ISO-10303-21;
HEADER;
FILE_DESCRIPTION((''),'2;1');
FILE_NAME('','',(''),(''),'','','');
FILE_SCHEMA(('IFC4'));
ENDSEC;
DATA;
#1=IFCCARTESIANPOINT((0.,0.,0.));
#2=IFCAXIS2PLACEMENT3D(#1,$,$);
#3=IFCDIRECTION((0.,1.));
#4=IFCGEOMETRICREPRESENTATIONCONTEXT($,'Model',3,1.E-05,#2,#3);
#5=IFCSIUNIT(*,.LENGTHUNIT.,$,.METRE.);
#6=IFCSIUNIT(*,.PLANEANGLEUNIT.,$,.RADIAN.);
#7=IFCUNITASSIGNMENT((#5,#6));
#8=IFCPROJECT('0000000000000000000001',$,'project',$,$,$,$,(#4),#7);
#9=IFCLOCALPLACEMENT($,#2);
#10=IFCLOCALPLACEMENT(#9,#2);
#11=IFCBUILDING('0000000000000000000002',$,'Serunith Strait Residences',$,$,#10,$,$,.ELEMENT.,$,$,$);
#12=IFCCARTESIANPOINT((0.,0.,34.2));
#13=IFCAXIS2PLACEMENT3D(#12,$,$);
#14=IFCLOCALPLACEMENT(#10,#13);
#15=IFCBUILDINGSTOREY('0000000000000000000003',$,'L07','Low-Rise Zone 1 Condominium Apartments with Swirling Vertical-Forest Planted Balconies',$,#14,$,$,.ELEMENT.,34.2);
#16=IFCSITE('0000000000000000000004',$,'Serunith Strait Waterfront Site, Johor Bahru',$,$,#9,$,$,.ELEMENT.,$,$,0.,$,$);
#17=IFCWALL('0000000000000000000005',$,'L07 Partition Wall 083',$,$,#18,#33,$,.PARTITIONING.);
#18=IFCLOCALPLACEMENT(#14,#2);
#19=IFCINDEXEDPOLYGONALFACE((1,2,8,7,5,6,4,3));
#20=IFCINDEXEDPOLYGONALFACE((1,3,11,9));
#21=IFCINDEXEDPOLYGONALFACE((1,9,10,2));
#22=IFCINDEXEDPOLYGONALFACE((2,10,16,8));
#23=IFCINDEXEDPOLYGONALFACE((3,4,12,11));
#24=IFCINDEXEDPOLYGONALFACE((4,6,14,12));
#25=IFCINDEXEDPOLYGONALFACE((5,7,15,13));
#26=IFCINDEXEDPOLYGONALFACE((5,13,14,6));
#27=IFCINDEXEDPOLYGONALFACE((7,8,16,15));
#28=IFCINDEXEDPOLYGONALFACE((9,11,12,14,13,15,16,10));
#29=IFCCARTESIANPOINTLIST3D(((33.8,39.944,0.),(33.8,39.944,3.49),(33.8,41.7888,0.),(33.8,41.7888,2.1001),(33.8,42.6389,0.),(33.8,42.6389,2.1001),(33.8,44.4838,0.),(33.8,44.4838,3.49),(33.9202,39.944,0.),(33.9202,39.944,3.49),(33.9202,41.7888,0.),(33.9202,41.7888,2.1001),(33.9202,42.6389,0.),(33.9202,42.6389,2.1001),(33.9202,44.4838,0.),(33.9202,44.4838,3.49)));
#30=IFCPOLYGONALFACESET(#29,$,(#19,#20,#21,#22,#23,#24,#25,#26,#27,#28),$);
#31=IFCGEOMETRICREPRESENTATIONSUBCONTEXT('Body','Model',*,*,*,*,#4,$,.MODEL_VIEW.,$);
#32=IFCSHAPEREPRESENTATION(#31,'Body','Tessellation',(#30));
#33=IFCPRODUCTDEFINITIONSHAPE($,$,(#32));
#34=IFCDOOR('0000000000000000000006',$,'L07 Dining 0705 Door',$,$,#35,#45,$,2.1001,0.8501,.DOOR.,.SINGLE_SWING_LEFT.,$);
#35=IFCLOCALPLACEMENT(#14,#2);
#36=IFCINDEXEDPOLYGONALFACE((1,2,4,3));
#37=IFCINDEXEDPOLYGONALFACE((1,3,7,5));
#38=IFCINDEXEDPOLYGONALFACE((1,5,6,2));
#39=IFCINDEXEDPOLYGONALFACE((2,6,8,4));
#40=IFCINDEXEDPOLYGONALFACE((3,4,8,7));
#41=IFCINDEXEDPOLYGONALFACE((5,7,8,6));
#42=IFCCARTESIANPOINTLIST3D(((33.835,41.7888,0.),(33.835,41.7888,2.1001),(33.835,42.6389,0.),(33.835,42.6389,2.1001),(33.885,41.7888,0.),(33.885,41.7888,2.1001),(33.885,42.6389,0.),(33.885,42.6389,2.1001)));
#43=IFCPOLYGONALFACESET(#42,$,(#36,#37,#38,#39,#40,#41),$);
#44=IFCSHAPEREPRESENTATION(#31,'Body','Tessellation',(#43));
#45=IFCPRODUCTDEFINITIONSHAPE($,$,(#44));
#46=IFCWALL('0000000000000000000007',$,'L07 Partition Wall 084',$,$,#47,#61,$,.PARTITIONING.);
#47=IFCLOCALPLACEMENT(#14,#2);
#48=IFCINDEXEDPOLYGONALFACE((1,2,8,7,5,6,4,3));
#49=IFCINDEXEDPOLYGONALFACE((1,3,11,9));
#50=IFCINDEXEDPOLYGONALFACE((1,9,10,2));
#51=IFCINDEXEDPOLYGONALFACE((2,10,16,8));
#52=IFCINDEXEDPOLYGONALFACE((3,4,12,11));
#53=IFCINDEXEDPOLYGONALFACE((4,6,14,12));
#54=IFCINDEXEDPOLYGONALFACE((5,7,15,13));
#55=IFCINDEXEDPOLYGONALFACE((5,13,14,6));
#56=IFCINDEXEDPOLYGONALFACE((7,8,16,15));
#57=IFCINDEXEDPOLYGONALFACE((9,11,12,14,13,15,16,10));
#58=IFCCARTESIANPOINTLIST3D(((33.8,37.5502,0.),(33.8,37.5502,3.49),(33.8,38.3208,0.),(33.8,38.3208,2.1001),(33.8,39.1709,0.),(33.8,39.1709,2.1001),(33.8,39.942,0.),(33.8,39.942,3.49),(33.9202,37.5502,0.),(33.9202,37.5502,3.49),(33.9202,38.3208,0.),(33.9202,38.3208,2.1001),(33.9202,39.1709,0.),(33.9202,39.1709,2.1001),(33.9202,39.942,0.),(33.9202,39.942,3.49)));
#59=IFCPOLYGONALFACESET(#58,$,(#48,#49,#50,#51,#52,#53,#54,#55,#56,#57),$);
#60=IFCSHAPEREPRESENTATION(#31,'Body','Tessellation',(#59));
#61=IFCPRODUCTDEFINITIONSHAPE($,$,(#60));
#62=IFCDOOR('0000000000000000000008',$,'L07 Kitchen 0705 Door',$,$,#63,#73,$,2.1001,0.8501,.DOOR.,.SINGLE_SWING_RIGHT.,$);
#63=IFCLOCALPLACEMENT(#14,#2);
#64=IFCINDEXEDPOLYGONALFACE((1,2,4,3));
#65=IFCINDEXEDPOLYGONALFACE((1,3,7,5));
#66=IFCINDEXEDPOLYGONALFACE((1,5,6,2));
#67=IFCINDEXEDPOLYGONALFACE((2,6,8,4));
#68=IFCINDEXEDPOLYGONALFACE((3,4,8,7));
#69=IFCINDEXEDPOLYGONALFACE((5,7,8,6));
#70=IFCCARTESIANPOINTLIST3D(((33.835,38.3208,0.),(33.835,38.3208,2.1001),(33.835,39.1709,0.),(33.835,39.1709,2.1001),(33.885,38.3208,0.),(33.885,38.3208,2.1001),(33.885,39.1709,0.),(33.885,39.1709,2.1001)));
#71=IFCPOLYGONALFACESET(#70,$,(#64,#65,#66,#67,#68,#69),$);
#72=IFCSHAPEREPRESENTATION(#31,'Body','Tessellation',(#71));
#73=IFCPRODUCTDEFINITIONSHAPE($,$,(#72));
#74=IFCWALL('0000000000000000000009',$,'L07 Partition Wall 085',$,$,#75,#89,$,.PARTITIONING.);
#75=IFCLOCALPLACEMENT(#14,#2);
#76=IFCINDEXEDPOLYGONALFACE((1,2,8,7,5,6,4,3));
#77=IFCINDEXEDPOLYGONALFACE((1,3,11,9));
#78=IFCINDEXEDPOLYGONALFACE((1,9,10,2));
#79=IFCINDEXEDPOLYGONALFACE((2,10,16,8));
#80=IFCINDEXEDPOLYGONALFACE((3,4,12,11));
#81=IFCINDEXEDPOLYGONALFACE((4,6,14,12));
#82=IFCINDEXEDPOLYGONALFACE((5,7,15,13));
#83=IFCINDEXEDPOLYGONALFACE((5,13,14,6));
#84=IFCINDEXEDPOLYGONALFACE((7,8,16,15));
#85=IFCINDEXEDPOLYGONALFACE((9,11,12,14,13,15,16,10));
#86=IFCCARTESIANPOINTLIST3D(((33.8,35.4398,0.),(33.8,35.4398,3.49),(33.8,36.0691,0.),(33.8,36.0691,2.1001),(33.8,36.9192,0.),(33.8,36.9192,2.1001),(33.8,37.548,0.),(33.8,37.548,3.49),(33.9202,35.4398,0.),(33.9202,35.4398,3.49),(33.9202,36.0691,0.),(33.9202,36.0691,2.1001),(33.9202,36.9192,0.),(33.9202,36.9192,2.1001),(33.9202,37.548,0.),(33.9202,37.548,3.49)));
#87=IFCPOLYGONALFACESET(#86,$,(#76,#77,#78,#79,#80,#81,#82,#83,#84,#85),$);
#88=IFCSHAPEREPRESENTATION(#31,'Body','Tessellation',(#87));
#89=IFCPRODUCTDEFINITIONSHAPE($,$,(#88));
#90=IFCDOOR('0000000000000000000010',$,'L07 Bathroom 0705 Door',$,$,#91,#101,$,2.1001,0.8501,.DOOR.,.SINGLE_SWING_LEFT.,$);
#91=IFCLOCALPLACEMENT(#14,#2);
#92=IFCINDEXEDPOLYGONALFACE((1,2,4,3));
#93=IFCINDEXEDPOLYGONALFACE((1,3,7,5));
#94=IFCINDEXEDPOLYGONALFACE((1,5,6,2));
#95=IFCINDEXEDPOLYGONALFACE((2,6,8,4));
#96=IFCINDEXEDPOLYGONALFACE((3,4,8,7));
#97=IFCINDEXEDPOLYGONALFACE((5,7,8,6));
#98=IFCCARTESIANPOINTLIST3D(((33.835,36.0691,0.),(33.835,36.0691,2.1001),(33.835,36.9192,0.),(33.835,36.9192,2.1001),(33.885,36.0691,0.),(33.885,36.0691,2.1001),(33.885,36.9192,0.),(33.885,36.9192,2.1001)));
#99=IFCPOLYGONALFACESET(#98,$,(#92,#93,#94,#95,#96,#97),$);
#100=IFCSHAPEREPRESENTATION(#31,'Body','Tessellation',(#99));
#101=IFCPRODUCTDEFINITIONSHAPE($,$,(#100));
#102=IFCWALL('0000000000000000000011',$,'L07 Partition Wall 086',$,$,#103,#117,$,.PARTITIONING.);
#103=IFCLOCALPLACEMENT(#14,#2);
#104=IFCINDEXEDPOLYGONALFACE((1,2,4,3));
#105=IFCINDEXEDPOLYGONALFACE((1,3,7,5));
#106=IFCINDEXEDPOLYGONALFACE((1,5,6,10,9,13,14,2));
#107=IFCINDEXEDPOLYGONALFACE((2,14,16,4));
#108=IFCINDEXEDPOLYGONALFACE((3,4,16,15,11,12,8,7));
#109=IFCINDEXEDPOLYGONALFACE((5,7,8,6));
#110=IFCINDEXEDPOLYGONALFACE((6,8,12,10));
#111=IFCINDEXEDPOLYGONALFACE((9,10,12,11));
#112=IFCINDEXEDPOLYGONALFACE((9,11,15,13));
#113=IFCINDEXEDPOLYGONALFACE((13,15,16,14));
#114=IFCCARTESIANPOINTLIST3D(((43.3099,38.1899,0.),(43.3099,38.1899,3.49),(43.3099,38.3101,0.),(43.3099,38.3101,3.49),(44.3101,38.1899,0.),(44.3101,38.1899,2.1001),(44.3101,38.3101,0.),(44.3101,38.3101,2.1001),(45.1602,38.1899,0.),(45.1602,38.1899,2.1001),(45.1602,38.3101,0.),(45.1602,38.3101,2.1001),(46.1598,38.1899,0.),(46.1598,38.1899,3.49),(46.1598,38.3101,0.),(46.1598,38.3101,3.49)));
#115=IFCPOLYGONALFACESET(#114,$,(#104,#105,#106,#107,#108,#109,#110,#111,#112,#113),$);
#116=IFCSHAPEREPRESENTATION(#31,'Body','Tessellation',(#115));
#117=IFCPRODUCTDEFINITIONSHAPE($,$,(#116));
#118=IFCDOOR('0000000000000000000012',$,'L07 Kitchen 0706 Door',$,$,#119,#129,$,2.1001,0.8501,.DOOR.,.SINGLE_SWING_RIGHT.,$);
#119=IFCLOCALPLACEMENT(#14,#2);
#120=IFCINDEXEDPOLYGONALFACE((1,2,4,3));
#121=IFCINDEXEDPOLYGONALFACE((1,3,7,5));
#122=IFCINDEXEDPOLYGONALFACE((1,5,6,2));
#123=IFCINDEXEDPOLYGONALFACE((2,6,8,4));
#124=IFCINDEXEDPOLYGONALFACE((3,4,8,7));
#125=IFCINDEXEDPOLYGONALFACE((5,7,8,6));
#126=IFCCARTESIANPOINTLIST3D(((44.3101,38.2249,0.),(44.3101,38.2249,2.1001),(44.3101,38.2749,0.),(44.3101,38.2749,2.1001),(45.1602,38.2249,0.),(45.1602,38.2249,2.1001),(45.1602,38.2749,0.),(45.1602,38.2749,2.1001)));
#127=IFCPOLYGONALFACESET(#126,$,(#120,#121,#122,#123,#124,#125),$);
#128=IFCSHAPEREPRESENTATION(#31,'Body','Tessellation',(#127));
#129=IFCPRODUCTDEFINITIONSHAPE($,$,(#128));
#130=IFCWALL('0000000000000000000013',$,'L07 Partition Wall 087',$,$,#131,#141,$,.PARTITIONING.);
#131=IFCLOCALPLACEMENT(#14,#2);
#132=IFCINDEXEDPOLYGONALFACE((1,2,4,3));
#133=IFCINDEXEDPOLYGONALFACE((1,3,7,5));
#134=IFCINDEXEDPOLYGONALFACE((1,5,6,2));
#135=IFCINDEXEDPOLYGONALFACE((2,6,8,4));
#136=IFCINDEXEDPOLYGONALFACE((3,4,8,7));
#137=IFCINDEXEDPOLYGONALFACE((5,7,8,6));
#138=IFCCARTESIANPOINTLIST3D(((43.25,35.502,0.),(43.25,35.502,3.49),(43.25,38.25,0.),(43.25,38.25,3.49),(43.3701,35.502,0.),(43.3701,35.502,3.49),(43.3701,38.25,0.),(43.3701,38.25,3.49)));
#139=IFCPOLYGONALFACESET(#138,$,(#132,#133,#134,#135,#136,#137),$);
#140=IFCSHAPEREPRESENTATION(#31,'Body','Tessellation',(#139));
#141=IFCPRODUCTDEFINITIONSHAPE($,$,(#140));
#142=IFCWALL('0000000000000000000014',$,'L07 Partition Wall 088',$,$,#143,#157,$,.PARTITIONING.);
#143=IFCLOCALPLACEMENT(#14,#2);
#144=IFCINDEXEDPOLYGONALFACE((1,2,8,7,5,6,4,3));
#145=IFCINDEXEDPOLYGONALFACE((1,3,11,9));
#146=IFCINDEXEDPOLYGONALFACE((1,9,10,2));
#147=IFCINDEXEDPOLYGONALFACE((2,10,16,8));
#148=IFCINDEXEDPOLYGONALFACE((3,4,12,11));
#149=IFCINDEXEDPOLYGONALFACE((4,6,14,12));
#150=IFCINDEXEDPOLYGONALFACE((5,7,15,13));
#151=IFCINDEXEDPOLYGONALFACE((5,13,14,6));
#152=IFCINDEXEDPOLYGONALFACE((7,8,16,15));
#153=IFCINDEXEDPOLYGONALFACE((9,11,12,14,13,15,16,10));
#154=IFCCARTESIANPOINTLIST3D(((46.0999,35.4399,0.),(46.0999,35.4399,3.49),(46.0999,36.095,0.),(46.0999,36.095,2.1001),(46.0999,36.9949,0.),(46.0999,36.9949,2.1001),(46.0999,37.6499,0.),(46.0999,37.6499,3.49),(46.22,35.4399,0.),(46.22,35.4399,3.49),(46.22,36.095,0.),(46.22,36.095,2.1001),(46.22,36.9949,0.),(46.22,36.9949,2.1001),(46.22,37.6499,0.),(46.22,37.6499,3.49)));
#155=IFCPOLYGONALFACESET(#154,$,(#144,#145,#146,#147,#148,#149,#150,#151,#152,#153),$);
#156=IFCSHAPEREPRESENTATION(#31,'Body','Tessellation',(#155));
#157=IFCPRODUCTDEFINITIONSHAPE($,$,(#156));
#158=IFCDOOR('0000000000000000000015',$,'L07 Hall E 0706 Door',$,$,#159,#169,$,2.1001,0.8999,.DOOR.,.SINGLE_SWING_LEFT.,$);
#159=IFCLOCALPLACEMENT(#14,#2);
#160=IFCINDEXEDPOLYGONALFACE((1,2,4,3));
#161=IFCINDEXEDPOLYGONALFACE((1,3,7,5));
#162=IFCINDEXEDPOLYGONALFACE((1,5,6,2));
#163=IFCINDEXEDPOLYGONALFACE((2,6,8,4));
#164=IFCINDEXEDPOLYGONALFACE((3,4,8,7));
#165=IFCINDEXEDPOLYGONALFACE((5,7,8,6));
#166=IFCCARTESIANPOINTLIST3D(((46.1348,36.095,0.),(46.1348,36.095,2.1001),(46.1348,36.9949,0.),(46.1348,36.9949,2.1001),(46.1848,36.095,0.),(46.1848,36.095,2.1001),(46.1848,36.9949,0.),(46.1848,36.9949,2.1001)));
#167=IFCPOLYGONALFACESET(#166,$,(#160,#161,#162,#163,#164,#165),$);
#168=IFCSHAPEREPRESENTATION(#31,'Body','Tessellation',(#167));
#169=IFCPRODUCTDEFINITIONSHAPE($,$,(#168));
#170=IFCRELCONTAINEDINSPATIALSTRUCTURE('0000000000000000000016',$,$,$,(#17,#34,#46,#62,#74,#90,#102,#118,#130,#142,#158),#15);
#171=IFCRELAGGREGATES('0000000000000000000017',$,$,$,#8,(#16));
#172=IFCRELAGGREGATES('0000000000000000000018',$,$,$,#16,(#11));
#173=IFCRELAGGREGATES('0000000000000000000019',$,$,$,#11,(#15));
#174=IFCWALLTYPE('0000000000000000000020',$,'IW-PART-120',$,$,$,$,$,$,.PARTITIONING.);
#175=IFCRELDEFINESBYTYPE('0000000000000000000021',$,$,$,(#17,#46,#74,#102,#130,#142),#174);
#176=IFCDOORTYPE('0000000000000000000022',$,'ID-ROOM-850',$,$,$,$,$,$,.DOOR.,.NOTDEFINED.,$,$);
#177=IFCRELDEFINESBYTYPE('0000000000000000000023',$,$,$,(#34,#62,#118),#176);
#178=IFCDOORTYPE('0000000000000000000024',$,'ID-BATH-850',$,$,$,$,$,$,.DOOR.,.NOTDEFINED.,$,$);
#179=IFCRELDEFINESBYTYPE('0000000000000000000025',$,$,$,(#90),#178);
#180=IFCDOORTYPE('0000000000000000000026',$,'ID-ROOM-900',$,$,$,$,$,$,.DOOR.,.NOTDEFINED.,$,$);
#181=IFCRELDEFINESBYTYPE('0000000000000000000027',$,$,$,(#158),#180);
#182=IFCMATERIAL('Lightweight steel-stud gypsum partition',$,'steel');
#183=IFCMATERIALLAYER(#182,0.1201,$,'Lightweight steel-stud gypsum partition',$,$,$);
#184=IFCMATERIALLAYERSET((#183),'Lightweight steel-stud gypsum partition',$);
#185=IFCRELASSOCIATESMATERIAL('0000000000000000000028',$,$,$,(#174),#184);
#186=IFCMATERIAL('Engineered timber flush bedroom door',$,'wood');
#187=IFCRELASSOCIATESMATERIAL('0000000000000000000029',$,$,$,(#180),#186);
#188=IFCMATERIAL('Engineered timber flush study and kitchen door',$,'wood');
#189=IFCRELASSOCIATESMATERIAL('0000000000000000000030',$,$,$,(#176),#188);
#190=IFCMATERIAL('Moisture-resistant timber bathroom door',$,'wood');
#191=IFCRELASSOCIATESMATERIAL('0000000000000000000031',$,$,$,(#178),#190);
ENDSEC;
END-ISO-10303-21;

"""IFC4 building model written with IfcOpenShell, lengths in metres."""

from ifc_helpers import new_model, si_unit, direction, frame, frame_2d, origin, place, context, subcontext, project, spatial, rectangle, extrude, source, transform, mapped, material, layer, layer_set, type_object, element, fill, save


model = new_model("IFC4")

# Units and contexts
model_context = context("Model", 3, precision=1e-05, world=origin(), true_north=direction((0.0, 1.0)))
body_context = subcontext(model_context, "Body", "Model", "MODEL_VIEW")
ifc_project = project(units=[si_unit("LENGTHUNIT", "METRE"), si_unit("PLANEANGLEUNIT", "RADIAN")], contexts=[model_context])

# Site, building, storey
site_placement = place(None, origin())
site = spatial("IfcSite", under=ifc_project, at=site_placement, Name="Serunith Strait Waterfront Site, Johor Bahru", CompositionType="ELEMENT", RefElevation=0.0)
building_placement = place(site_placement, origin())
building = spatial("IfcBuilding", under=site, at=building_placement, Name="Serunith Strait Residences", CompositionType="ELEMENT")
storey_placement = place(building_placement, frame((0.0, 0.0, 34.2)))
storey = spatial("IfcBuildingStorey", under=building, at=storey_placement, Name="L07", Description="Low-Rise Zone 1 Condominium Apartments with Swirling Vertical-Forest Planted Balconies", CompositionType="ELEMENT", Elevation=34.2)

# Walls, openings, doors
ifc_material_1 = material(Name="Lightweight steel-stud gypsum partition", Category="steel")
ifc_layer_1 = layer(ifc_material_1, 0.1201, Name="Lightweight steel-stud gypsum partition")
ifc_layer_set_1 = layer_set([ifc_layer_1], Name="Lightweight steel-stud gypsum partition")
wall_type_1 = type_object("IfcWallType", Name="IW-PART-120", PredefinedType="PARTITIONING", material=ifc_layer_set_1)
ifc_material_2 = material(Name="Engineered timber flush bedroom door", Category="wood")
door_type_1 = type_object("IfcDoorType", Name="ID-ROOM-900", OperationType="NOTDEFINED", PredefinedType="DOOR", material=ifc_material_2)
shared_shape_1 = source(origin(), body_context, "Body", "SweptSolid", [
    extrude(rectangle(XDim=0.8999, YDim=2.1001, at=frame_2d((0.45, 1.05))), frame((0.0, 0.0249, 0.0), z_axis=(0.0, -1.0, 0.0), x_axis=(1.0, 0.0, 0.0)), (0.0, 0.0, 1.0), 0.05),
])
wall_1_placement = place(storey_placement, frame((33.8601, 44.4839, 0.0), z_axis=(0.0, 0.0, 1.0), x_axis=(0.0, -1.0, 0.0)))
wall_1 = element("IfcWall", 1, at=wall_1_placement, inside=storey, type_object=wall_type_1, Name="L07 Partition Wall 083", PredefinedType="PARTITIONING", context=body_context, shape_type="SweptSolid", body=[
    extrude(rectangle(XDim=4.5398, YDim=0.1201, at=frame_2d((2.27, 0.0))), origin(), (0.0, 0.0, 1.0), 3.49),
])
opening_1_placement = place(wall_1_placement, frame((1.845, 0.0, 0.0)))
opening_1 = element("IfcOpeningElement", 2, at=opening_1_placement, cuts=wall_1, PredefinedType="OPENING", context=body_context, shape_type="SweptSolid", body=[
    extrude(rectangle(XDim=0.8501, YDim=2.1001, at=frame_2d((0.425, 1.05))), frame((0.0, 0.0701, 0.0), z_axis=(0.0, -1.0, 0.0), x_axis=(1.0, 0.0, 0.0)), (0.0, 0.0, 1.0), 0.1401),
])
ifc_material_3 = material(Name="Engineered timber flush study and kitchen door", Category="wood")
door_type_2 = type_object("IfcDoorType", Name="ID-ROOM-850", OperationType="NOTDEFINED", PredefinedType="DOOR", material=ifc_material_3)
shared_shape_2 = source(origin(), body_context, "Body", "SweptSolid", [
    extrude(rectangle(XDim=0.8501, YDim=2.1001, at=frame_2d((0.425, 1.05))), frame((0.0, 0.0249, 0.0), z_axis=(0.0, -1.0, 0.0), x_axis=(1.0, 0.0, 0.0)), (0.0, 0.0, 1.0), 0.05),
])
door_1_placement = place(opening_1_placement, origin())
door_1 = element("IfcDoor", 3, at=door_1_placement, inside=storey, type_object=door_type_2, Name="L07 Dining 0705 Door", OperationType="SINGLE_SWING_LEFT", OverallHeight=2.1001, OverallWidth=0.8501, PredefinedType="DOOR", context=body_context, shape_type="MappedRepresentation", body=[
    mapped(shared_shape_2, transform((0.0, 0.0, 0.0), scale=1.0)),
])
fill(opening_1, door_1)
wall_2_placement = place(storey_placement, frame((33.8601, 39.9419, 0.0), z_axis=(0.0, 0.0, 1.0), x_axis=(0.0, -1.0, 0.0)))
wall_2 = element("IfcWall", 4, at=wall_2_placement, inside=storey, type_object=wall_type_1, Name="L07 Partition Wall 084", PredefinedType="PARTITIONING", context=body_context, shape_type="SweptSolid", body=[
    extrude(rectangle(XDim=2.3918, YDim=0.1201, at=frame_2d((1.1958, 0.0))), origin(), (0.0, 0.0, 1.0), 3.49),
])
opening_2_placement = place(wall_2_placement, frame((0.771, 0.0, 0.0)))
opening_2 = element("IfcOpeningElement", 5, at=opening_2_placement, cuts=wall_2, PredefinedType="OPENING", context=body_context, shape_type="SweptSolid", body=[
    extrude(rectangle(XDim=0.8501, YDim=2.1001, at=frame_2d((0.425, 1.05))), frame((0.0, 0.0701, 0.0), z_axis=(0.0, -1.0, 0.0), x_axis=(1.0, 0.0, 0.0)), (0.0, 0.0, 1.0), 0.1401),
])
door_2_placement = place(opening_2_placement, origin())
door_2 = element("IfcDoor", 6, at=door_2_placement, inside=storey, type_object=door_type_2, Name="L07 Kitchen 0705 Door", OperationType="SINGLE_SWING_RIGHT", OverallHeight=2.1001, OverallWidth=0.8501, PredefinedType="DOOR", context=body_context, shape_type="MappedRepresentation", body=[
    mapped(shared_shape_2, transform((0.0, 0.0, 0.0), scale=1.0)),
])
fill(opening_2, door_2)
wall_3_placement = place(storey_placement, frame((33.8601, 37.5481, 0.0), z_axis=(0.0, 0.0, 1.0), x_axis=(0.0, -1.0, 0.0)))
wall_3 = element("IfcWall", 7, at=wall_3_placement, inside=storey, type_object=wall_type_1, Name="L07 Partition Wall 085", PredefinedType="PARTITIONING", context=body_context, shape_type="SweptSolid", body=[
    extrude(rectangle(XDim=2.1082, YDim=0.1201, at=frame_2d((1.0542, 0.0))), origin(), (0.0, 0.0, 1.0), 3.49),
])
opening_3_placement = place(wall_3_placement, frame((0.6289, 0.0, 0.0)))
opening_3 = element("IfcOpeningElement", 8, at=opening_3_placement, cuts=wall_3, PredefinedType="OPENING", context=body_context, shape_type="SweptSolid", body=[
    extrude(rectangle(XDim=0.8501, YDim=2.1001, at=frame_2d((0.425, 1.05))), frame((0.0, 0.0701, 0.0), z_axis=(0.0, -1.0, 0.0), x_axis=(1.0, 0.0, 0.0)), (0.0, 0.0, 1.0), 0.1401),
])
ifc_material_4 = material(Name="Moisture-resistant timber bathroom door", Category="wood")
door_type_3 = type_object("IfcDoorType", Name="ID-BATH-850", OperationType="NOTDEFINED", PredefinedType="DOOR", material=ifc_material_4)
door_3_placement = place(opening_3_placement, origin())
door_3 = element("IfcDoor", 9, at=door_3_placement, inside=storey, type_object=door_type_3, Name="L07 Bathroom 0705 Door", OperationType="SINGLE_SWING_LEFT", OverallHeight=2.1001, OverallWidth=0.8501, PredefinedType="DOOR", context=body_context, shape_type="MappedRepresentation", body=[
    mapped(shared_shape_2, transform((0.0, 0.0, 0.0), scale=1.0)),
])
fill(opening_3, door_3)
wall_4_placement = place(storey_placement, frame((43.3101, 38.25, 0.0), z_axis=(0.0, 0.0, 1.0), x_axis=(1.0, 0.0, 0.0)))
wall_4 = element("IfcWall", 10, at=wall_4_placement, inside=storey, type_object=wall_type_1, Name="L07 Partition Wall 086", PredefinedType="PARTITIONING", context=body_context, shape_type="SweptSolid", body=[
    extrude(rectangle(XDim=2.8499, YDim=0.1201, at=frame_2d((1.4248, 0.0))), origin(), (0.0, 0.0, 1.0), 3.49),
])
opening_4_placement = place(wall_4_placement, frame((1.0, 0.0, 0.0)))
opening_4 = element("IfcOpeningElement", 11, at=opening_4_placement, cuts=wall_4, PredefinedType="OPENING", context=body_context, shape_type="SweptSolid", body=[
    extrude(rectangle(XDim=0.8501, YDim=2.1001, at=frame_2d((0.425, 1.05))), frame((0.0, 0.0701, 0.0), z_axis=(0.0, -1.0, 0.0), x_axis=(1.0, 0.0, 0.0)), (0.0, 0.0, 1.0), 0.1401),
])
door_4_placement = place(opening_4_placement, origin())
door_4 = element("IfcDoor", 12, at=door_4_placement, inside=storey, type_object=door_type_2, Name="L07 Kitchen 0706 Door", OperationType="SINGLE_SWING_RIGHT", OverallHeight=2.1001, OverallWidth=0.8501, PredefinedType="DOOR", context=body_context, shape_type="MappedRepresentation", body=[
    mapped(shared_shape_2, transform((0.0, 0.0, 0.0), scale=1.0)),
])
fill(opening_4, door_4)

# Wall
wall_5_placement = place(storey_placement, frame((43.3101, 38.25, 0.0), z_axis=(0.0, 0.0, 1.0), x_axis=(0.0, -1.0, 0.0)))
element("IfcWall", 13, at=wall_5_placement, inside=storey, type_object=wall_type_1, Name="L07 Partition Wall 087", PredefinedType="PARTITIONING", context=body_context, shape_type="SweptSolid", body=[
    extrude(rectangle(XDim=2.748, YDim=0.1201, at=frame_2d((1.374, 0.0))), origin(), (0.0, 0.0, 1.0), 3.49),
])

# Wall, opening, door
wall_6_placement = place(storey_placement, frame((46.1599, 37.6499, 0.0), z_axis=(0.0, 0.0, 1.0), x_axis=(0.0, -1.0, 0.0)))
wall_6 = element("IfcWall", 14, at=wall_6_placement, inside=storey, type_object=wall_type_1, Name="L07 Partition Wall 088", PredefinedType="PARTITIONING", context=body_context, shape_type="SweptSolid", body=[
    extrude(rectangle(XDim=2.21, YDim=0.1201, at=frame_2d((1.105, 0.0))), origin(), (0.0, 0.0, 1.0), 3.49),
])
opening_5_placement = place(wall_6_placement, frame((0.655, 0.0, 0.0)))
opening_5 = element("IfcOpeningElement", 15, at=opening_5_placement, cuts=wall_6, PredefinedType="OPENING", context=body_context, shape_type="SweptSolid", body=[
    extrude(rectangle(XDim=0.8999, YDim=2.1001, at=frame_2d((0.45, 1.05))), frame((0.0, 0.0701, 0.0), z_axis=(0.0, -1.0, 0.0), x_axis=(1.0, 0.0, 0.0)), (0.0, 0.0, 1.0), 0.1401),
])
door_5_placement = place(opening_5_placement, origin())
door_5 = element("IfcDoor", 16, at=door_5_placement, inside=storey, type_object=door_type_1, Name="L07 Hall E 0706 Door", OperationType="SINGLE_SWING_LEFT", OverallHeight=2.1001, OverallWidth=0.8999, PredefinedType="DOOR", context=body_context, shape_type="MappedRepresentation", body=[
    mapped(shared_shape_1, transform((0.0, 0.0, 0.0), scale=1.0)),
])
fill(opening_5, door_5)

save(model, "model.ifc")
